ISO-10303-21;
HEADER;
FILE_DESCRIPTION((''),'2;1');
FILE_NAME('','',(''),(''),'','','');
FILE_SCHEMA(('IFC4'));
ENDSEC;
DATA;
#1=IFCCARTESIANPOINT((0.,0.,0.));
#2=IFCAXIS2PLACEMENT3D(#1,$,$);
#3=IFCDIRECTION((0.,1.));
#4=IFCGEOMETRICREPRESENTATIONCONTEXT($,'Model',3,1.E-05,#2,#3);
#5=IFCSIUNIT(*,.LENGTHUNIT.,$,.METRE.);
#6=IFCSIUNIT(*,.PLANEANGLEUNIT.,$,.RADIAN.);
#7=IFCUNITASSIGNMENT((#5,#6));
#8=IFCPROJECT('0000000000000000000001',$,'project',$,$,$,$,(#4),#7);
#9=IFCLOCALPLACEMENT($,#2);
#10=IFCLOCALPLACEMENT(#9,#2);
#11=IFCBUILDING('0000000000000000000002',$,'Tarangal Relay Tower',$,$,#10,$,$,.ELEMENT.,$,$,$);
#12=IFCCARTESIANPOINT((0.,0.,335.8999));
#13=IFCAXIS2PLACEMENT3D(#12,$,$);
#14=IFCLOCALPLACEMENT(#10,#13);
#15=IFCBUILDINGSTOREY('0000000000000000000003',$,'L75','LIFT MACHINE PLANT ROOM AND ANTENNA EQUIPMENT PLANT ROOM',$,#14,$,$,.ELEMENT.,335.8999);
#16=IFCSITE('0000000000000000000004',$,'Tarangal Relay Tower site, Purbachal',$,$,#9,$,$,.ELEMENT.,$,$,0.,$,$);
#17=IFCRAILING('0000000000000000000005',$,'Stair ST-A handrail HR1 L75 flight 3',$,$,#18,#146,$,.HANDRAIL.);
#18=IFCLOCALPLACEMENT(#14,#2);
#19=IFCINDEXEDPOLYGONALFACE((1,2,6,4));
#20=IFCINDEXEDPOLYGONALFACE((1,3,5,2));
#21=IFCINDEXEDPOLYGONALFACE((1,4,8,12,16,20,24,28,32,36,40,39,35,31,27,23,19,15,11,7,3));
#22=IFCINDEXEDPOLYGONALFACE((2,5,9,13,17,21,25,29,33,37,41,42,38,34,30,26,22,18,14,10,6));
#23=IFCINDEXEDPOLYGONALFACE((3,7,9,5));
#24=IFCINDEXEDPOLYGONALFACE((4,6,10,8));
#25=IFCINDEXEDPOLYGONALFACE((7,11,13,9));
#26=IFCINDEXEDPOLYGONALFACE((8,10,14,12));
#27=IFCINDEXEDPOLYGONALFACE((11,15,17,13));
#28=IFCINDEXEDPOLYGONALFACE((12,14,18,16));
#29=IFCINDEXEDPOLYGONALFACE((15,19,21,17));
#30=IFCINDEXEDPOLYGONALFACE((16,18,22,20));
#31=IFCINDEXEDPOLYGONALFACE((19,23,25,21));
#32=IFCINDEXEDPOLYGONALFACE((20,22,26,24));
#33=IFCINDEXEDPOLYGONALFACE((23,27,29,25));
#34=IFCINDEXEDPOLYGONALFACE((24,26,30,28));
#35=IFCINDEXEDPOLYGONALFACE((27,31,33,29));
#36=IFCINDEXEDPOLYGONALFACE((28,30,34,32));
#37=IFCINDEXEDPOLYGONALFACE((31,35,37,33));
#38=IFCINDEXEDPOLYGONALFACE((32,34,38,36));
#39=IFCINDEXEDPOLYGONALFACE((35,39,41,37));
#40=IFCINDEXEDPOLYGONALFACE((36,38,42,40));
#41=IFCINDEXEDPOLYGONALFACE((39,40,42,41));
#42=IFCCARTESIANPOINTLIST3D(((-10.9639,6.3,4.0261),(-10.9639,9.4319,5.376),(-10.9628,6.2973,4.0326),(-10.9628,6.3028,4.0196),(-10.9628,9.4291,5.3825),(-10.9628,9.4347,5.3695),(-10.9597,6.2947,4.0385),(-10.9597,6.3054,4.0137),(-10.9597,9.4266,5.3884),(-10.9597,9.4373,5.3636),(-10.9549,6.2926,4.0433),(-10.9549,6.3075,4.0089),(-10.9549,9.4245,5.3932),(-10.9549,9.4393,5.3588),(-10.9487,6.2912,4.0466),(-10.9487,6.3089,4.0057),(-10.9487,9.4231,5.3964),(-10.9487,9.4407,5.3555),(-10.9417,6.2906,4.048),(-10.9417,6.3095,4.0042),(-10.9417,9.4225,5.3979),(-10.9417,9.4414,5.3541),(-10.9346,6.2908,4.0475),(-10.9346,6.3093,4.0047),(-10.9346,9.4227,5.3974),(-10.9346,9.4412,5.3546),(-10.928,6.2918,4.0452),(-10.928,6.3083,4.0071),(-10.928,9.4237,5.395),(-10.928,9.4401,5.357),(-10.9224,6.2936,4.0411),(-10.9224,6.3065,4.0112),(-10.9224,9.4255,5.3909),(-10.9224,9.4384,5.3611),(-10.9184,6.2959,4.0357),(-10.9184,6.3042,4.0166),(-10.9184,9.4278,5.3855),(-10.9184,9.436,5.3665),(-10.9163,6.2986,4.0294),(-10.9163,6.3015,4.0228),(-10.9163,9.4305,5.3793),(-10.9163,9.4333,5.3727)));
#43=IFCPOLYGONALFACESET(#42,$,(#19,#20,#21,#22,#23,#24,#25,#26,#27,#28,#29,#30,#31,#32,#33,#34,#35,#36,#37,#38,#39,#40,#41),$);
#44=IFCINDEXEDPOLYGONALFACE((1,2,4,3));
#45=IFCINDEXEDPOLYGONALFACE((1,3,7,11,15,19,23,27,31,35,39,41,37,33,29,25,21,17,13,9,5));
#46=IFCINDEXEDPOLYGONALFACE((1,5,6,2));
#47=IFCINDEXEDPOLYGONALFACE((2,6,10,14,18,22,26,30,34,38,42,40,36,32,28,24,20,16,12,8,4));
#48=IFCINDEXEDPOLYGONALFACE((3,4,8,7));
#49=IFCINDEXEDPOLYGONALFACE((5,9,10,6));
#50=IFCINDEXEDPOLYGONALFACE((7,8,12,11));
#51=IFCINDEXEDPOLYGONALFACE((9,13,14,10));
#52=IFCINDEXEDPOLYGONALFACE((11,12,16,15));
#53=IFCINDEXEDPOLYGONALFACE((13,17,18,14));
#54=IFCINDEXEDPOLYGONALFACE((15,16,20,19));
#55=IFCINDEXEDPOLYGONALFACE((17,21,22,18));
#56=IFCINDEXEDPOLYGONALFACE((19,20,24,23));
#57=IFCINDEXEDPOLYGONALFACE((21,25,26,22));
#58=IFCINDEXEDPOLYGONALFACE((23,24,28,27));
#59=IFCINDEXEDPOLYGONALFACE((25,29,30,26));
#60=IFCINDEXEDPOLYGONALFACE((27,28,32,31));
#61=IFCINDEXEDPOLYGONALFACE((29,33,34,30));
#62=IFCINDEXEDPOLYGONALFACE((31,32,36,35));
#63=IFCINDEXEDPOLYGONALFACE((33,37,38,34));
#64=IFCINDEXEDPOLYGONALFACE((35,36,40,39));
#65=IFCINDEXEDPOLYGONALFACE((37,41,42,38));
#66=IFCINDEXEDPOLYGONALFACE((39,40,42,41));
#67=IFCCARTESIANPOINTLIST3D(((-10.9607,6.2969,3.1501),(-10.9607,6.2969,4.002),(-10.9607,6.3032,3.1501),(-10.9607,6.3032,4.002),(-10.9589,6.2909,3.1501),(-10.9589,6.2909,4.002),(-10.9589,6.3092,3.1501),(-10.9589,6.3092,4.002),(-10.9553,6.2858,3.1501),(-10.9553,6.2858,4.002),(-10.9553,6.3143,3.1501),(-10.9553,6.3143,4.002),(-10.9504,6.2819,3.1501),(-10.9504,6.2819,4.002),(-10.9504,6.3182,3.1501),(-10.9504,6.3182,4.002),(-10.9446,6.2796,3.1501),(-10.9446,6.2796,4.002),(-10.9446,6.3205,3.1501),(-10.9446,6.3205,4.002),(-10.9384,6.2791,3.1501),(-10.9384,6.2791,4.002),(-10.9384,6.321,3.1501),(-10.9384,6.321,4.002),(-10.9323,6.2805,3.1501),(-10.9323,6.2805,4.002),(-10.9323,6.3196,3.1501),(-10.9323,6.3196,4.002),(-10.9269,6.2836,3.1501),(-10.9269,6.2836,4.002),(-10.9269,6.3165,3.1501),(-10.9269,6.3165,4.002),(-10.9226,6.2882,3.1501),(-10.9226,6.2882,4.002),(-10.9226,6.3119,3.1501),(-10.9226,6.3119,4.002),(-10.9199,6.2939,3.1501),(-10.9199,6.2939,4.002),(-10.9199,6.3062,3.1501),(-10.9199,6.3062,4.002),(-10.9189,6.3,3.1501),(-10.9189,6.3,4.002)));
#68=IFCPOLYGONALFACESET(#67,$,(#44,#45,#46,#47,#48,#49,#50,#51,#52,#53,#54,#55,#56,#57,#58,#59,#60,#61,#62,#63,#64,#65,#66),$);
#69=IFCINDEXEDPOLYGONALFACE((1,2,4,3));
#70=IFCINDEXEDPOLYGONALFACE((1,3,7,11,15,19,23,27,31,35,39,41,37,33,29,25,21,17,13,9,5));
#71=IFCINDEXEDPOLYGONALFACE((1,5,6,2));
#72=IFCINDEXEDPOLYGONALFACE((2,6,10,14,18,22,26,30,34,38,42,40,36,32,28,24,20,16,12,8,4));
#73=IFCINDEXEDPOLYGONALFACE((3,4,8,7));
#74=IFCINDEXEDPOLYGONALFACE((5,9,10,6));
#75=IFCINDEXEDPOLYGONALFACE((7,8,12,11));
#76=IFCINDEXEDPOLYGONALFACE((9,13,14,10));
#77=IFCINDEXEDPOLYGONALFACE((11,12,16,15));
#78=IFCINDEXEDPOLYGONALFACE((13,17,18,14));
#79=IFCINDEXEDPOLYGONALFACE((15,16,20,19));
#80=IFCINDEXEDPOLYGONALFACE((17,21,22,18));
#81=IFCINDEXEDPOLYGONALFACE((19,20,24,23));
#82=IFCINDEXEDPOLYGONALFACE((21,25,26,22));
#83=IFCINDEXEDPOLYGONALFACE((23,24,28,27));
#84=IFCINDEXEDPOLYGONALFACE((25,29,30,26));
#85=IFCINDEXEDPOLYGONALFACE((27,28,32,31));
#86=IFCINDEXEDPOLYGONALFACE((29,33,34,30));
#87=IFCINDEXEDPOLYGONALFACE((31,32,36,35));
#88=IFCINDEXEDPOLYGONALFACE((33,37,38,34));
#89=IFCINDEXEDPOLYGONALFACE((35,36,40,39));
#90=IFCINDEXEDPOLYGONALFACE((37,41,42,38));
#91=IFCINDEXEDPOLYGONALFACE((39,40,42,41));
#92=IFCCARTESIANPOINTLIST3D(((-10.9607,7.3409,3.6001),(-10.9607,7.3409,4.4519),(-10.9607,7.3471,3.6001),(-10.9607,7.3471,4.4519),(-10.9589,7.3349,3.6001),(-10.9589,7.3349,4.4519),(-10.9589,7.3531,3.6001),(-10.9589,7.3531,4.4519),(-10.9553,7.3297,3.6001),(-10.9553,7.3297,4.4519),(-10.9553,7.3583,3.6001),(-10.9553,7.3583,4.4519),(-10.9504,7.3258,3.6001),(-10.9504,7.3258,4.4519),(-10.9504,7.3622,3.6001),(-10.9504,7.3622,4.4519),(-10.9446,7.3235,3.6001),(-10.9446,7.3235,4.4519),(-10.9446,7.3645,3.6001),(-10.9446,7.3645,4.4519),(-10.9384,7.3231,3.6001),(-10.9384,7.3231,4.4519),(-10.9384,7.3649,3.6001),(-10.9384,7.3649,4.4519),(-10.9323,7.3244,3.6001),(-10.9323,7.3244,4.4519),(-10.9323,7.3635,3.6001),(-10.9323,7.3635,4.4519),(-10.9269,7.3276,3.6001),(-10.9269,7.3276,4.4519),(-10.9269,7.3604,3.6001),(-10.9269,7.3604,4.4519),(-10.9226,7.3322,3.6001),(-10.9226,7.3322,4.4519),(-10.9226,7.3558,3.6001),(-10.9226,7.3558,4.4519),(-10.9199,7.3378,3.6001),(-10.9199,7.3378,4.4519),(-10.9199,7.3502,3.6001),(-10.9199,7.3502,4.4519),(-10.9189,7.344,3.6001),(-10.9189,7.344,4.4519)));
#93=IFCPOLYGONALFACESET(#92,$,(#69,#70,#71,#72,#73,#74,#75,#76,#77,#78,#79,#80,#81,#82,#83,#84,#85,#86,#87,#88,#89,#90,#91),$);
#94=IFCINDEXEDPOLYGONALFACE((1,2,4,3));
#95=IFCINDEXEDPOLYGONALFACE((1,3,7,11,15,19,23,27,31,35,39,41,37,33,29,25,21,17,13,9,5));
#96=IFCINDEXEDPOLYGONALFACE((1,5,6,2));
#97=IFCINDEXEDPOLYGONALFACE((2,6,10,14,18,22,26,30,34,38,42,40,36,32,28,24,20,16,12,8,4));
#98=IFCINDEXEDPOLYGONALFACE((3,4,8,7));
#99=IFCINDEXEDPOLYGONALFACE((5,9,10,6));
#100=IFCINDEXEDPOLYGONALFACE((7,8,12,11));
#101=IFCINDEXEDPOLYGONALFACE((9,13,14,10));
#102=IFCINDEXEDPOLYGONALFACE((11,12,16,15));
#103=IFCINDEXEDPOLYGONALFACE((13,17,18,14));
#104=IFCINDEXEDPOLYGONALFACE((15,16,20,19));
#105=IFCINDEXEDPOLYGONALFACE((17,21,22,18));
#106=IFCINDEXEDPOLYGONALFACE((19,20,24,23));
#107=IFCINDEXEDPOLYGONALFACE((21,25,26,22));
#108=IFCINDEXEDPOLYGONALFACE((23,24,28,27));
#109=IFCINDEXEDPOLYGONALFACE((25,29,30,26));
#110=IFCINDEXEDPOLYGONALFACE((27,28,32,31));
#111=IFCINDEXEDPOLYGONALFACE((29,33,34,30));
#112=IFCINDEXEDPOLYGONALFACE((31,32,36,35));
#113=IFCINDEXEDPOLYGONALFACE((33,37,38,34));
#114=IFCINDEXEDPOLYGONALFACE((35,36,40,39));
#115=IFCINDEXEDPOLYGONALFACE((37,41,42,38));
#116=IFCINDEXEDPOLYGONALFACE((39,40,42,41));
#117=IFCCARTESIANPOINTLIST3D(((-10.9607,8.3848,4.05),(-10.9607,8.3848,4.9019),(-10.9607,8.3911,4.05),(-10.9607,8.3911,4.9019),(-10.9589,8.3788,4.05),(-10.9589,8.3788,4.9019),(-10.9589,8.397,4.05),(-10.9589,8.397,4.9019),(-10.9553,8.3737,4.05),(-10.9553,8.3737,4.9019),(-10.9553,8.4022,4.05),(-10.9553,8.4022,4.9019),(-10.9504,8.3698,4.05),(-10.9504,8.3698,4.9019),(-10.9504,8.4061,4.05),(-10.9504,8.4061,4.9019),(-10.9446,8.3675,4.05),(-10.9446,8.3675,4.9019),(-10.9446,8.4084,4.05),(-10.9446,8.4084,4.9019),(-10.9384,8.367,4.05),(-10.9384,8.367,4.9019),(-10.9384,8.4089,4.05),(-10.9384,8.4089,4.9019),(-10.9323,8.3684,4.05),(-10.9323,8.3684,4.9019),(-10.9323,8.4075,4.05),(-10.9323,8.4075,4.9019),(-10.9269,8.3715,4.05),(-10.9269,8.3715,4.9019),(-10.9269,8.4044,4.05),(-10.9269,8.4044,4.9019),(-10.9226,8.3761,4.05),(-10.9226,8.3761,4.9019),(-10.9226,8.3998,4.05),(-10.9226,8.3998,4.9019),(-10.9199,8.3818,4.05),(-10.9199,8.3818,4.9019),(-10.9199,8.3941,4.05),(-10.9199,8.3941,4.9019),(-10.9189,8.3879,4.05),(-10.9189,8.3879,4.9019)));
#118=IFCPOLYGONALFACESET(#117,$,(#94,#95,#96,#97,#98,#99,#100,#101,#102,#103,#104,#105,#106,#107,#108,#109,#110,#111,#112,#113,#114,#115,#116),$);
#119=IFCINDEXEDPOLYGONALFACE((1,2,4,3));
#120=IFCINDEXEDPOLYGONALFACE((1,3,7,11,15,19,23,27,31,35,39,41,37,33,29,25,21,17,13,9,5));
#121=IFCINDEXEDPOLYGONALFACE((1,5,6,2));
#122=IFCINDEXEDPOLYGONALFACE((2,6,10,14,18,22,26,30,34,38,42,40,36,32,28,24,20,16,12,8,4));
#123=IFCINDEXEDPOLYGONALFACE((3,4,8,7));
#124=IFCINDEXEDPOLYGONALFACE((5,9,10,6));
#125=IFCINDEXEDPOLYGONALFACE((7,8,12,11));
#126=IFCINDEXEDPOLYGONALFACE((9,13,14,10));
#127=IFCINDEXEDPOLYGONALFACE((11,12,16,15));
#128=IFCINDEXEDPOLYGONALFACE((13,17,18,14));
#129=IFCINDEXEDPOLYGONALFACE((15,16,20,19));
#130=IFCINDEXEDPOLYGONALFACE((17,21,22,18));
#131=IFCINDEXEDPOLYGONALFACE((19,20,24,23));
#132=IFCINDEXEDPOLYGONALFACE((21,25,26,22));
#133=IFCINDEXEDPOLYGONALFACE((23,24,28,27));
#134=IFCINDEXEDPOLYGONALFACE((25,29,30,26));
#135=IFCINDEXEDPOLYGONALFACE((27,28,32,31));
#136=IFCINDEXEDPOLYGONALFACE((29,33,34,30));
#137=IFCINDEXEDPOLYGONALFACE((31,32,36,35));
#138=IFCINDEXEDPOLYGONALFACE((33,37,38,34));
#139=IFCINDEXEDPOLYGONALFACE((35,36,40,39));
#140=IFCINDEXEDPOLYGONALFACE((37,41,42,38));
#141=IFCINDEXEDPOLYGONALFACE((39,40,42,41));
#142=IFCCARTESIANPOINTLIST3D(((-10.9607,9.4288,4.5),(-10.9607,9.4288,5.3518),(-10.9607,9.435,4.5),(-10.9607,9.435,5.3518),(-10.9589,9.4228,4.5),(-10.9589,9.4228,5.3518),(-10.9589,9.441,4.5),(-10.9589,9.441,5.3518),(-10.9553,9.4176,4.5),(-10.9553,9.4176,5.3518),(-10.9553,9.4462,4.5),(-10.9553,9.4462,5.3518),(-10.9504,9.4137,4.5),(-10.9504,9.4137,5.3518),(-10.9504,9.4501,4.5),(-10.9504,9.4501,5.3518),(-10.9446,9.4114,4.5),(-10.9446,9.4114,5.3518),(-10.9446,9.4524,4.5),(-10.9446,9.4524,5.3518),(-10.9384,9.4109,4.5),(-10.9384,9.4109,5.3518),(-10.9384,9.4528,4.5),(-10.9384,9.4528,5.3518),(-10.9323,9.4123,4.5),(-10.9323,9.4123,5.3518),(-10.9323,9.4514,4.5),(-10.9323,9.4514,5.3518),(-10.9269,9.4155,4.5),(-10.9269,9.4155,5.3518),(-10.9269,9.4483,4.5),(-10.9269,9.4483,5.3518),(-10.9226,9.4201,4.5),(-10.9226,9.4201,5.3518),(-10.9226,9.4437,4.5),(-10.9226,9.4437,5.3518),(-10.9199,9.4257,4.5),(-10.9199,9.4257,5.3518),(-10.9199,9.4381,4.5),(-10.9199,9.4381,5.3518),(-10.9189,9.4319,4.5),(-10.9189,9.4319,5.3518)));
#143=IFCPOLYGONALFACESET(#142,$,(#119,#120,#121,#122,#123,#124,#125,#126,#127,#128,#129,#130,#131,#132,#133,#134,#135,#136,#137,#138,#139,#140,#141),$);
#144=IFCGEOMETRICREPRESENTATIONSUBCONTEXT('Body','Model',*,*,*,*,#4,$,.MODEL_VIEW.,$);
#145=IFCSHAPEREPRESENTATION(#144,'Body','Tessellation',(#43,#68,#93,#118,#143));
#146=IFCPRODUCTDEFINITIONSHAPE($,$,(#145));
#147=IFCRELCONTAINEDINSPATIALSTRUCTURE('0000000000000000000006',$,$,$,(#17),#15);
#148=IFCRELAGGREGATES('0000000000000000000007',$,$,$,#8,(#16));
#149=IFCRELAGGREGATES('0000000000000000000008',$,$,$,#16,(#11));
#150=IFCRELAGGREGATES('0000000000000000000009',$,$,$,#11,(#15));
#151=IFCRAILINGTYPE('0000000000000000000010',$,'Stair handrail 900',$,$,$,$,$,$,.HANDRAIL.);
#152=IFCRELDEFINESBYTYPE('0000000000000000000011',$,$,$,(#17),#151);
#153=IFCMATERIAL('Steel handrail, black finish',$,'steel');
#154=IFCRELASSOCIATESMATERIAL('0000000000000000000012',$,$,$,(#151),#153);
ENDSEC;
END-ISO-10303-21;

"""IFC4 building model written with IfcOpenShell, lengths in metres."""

from ifc_helpers import new_model, si_unit, direction, frame, origin, origin_2d, place, context, subcontext, project, spatial, circle, extrude, material, type_object, element, save


model = new_model("IFC4")

# Units and contexts
model_context = context("Model", 3, precision=1e-05, world=origin(), true_north=direction((0.0, 1.0)))
body_context = subcontext(model_context, "Body", "Model", "MODEL_VIEW")
ifc_project = project(units=[si_unit("LENGTHUNIT", "METRE"), si_unit("PLANEANGLEUNIT", "RADIAN")], contexts=[model_context])

# Site, building, storey
site_placement = place(None, origin())
site = spatial("IfcSite", under=ifc_project, at=site_placement, Name="Tarangal Relay Tower site, Purbachal", CompositionType="ELEMENT", RefElevation=0.0)
building_placement = place(site_placement, origin())
building = spatial("IfcBuilding", under=site, at=building_placement, Name="Tarangal Relay Tower", CompositionType="ELEMENT")
storey_placement = place(building_placement, frame((0.0, 0.0, 335.8999)))
storey = spatial("IfcBuildingStorey", under=building, at=storey_placement, Name="L75", Description="LIFT MACHINE PLANT ROOM AND ANTENNA EQUIPMENT PLANT ROOM", CompositionType="ELEMENT", Elevation=335.8999)

# Railing
ifc_material_1 = material(Name="Steel handrail, black finish", Category="steel")
railing_type = type_object("IfcRailingType", Name="Stair handrail 900", PredefinedType="HANDRAIL", material=ifc_material_1)
for number, where, name in (
    (1, (-10.9399, 6.3, 3.1501), "Stair ST-A handrail HR1 L75 flight 3"),
):
    element("IfcRailing", number, at=place(storey_placement, frame(where)), inside=storey, type_object=railing_type, Name=name, PredefinedType="HANDRAIL", context=body_context, shape_type="SweptSolid", body=[
        extrude(circle(Radius=0.0239, at=origin_2d()), frame((0.0, 0.0, 0.876), z_axis=(0.0, 0.918332, 0.395811), x_axis=(-1.0, 0.0, 0.0)), (0.0, 0.0, 1.0), 3.4104),
        extrude(circle(Radius=0.021, at=origin_2d()), origin(), (0.0, 0.0, 1.0), 0.8518),
        extrude(circle(Radius=0.021, at=origin_2d()), frame((0.0, 1.0439, 0.45)), (0.0, 0.0, 1.0), 0.8518),
        extrude(circle(Radius=0.021, at=origin_2d()), frame((0.0, 2.0879, 0.8999)), (0.0, 0.0, 1.0), 0.8518),
        extrude(circle(Radius=0.021, at=origin_2d()), frame((0.0, 3.1318, 1.3499)), (0.0, 0.0, 1.0), 0.8518),
    ])

save(model, "model.ifc")
